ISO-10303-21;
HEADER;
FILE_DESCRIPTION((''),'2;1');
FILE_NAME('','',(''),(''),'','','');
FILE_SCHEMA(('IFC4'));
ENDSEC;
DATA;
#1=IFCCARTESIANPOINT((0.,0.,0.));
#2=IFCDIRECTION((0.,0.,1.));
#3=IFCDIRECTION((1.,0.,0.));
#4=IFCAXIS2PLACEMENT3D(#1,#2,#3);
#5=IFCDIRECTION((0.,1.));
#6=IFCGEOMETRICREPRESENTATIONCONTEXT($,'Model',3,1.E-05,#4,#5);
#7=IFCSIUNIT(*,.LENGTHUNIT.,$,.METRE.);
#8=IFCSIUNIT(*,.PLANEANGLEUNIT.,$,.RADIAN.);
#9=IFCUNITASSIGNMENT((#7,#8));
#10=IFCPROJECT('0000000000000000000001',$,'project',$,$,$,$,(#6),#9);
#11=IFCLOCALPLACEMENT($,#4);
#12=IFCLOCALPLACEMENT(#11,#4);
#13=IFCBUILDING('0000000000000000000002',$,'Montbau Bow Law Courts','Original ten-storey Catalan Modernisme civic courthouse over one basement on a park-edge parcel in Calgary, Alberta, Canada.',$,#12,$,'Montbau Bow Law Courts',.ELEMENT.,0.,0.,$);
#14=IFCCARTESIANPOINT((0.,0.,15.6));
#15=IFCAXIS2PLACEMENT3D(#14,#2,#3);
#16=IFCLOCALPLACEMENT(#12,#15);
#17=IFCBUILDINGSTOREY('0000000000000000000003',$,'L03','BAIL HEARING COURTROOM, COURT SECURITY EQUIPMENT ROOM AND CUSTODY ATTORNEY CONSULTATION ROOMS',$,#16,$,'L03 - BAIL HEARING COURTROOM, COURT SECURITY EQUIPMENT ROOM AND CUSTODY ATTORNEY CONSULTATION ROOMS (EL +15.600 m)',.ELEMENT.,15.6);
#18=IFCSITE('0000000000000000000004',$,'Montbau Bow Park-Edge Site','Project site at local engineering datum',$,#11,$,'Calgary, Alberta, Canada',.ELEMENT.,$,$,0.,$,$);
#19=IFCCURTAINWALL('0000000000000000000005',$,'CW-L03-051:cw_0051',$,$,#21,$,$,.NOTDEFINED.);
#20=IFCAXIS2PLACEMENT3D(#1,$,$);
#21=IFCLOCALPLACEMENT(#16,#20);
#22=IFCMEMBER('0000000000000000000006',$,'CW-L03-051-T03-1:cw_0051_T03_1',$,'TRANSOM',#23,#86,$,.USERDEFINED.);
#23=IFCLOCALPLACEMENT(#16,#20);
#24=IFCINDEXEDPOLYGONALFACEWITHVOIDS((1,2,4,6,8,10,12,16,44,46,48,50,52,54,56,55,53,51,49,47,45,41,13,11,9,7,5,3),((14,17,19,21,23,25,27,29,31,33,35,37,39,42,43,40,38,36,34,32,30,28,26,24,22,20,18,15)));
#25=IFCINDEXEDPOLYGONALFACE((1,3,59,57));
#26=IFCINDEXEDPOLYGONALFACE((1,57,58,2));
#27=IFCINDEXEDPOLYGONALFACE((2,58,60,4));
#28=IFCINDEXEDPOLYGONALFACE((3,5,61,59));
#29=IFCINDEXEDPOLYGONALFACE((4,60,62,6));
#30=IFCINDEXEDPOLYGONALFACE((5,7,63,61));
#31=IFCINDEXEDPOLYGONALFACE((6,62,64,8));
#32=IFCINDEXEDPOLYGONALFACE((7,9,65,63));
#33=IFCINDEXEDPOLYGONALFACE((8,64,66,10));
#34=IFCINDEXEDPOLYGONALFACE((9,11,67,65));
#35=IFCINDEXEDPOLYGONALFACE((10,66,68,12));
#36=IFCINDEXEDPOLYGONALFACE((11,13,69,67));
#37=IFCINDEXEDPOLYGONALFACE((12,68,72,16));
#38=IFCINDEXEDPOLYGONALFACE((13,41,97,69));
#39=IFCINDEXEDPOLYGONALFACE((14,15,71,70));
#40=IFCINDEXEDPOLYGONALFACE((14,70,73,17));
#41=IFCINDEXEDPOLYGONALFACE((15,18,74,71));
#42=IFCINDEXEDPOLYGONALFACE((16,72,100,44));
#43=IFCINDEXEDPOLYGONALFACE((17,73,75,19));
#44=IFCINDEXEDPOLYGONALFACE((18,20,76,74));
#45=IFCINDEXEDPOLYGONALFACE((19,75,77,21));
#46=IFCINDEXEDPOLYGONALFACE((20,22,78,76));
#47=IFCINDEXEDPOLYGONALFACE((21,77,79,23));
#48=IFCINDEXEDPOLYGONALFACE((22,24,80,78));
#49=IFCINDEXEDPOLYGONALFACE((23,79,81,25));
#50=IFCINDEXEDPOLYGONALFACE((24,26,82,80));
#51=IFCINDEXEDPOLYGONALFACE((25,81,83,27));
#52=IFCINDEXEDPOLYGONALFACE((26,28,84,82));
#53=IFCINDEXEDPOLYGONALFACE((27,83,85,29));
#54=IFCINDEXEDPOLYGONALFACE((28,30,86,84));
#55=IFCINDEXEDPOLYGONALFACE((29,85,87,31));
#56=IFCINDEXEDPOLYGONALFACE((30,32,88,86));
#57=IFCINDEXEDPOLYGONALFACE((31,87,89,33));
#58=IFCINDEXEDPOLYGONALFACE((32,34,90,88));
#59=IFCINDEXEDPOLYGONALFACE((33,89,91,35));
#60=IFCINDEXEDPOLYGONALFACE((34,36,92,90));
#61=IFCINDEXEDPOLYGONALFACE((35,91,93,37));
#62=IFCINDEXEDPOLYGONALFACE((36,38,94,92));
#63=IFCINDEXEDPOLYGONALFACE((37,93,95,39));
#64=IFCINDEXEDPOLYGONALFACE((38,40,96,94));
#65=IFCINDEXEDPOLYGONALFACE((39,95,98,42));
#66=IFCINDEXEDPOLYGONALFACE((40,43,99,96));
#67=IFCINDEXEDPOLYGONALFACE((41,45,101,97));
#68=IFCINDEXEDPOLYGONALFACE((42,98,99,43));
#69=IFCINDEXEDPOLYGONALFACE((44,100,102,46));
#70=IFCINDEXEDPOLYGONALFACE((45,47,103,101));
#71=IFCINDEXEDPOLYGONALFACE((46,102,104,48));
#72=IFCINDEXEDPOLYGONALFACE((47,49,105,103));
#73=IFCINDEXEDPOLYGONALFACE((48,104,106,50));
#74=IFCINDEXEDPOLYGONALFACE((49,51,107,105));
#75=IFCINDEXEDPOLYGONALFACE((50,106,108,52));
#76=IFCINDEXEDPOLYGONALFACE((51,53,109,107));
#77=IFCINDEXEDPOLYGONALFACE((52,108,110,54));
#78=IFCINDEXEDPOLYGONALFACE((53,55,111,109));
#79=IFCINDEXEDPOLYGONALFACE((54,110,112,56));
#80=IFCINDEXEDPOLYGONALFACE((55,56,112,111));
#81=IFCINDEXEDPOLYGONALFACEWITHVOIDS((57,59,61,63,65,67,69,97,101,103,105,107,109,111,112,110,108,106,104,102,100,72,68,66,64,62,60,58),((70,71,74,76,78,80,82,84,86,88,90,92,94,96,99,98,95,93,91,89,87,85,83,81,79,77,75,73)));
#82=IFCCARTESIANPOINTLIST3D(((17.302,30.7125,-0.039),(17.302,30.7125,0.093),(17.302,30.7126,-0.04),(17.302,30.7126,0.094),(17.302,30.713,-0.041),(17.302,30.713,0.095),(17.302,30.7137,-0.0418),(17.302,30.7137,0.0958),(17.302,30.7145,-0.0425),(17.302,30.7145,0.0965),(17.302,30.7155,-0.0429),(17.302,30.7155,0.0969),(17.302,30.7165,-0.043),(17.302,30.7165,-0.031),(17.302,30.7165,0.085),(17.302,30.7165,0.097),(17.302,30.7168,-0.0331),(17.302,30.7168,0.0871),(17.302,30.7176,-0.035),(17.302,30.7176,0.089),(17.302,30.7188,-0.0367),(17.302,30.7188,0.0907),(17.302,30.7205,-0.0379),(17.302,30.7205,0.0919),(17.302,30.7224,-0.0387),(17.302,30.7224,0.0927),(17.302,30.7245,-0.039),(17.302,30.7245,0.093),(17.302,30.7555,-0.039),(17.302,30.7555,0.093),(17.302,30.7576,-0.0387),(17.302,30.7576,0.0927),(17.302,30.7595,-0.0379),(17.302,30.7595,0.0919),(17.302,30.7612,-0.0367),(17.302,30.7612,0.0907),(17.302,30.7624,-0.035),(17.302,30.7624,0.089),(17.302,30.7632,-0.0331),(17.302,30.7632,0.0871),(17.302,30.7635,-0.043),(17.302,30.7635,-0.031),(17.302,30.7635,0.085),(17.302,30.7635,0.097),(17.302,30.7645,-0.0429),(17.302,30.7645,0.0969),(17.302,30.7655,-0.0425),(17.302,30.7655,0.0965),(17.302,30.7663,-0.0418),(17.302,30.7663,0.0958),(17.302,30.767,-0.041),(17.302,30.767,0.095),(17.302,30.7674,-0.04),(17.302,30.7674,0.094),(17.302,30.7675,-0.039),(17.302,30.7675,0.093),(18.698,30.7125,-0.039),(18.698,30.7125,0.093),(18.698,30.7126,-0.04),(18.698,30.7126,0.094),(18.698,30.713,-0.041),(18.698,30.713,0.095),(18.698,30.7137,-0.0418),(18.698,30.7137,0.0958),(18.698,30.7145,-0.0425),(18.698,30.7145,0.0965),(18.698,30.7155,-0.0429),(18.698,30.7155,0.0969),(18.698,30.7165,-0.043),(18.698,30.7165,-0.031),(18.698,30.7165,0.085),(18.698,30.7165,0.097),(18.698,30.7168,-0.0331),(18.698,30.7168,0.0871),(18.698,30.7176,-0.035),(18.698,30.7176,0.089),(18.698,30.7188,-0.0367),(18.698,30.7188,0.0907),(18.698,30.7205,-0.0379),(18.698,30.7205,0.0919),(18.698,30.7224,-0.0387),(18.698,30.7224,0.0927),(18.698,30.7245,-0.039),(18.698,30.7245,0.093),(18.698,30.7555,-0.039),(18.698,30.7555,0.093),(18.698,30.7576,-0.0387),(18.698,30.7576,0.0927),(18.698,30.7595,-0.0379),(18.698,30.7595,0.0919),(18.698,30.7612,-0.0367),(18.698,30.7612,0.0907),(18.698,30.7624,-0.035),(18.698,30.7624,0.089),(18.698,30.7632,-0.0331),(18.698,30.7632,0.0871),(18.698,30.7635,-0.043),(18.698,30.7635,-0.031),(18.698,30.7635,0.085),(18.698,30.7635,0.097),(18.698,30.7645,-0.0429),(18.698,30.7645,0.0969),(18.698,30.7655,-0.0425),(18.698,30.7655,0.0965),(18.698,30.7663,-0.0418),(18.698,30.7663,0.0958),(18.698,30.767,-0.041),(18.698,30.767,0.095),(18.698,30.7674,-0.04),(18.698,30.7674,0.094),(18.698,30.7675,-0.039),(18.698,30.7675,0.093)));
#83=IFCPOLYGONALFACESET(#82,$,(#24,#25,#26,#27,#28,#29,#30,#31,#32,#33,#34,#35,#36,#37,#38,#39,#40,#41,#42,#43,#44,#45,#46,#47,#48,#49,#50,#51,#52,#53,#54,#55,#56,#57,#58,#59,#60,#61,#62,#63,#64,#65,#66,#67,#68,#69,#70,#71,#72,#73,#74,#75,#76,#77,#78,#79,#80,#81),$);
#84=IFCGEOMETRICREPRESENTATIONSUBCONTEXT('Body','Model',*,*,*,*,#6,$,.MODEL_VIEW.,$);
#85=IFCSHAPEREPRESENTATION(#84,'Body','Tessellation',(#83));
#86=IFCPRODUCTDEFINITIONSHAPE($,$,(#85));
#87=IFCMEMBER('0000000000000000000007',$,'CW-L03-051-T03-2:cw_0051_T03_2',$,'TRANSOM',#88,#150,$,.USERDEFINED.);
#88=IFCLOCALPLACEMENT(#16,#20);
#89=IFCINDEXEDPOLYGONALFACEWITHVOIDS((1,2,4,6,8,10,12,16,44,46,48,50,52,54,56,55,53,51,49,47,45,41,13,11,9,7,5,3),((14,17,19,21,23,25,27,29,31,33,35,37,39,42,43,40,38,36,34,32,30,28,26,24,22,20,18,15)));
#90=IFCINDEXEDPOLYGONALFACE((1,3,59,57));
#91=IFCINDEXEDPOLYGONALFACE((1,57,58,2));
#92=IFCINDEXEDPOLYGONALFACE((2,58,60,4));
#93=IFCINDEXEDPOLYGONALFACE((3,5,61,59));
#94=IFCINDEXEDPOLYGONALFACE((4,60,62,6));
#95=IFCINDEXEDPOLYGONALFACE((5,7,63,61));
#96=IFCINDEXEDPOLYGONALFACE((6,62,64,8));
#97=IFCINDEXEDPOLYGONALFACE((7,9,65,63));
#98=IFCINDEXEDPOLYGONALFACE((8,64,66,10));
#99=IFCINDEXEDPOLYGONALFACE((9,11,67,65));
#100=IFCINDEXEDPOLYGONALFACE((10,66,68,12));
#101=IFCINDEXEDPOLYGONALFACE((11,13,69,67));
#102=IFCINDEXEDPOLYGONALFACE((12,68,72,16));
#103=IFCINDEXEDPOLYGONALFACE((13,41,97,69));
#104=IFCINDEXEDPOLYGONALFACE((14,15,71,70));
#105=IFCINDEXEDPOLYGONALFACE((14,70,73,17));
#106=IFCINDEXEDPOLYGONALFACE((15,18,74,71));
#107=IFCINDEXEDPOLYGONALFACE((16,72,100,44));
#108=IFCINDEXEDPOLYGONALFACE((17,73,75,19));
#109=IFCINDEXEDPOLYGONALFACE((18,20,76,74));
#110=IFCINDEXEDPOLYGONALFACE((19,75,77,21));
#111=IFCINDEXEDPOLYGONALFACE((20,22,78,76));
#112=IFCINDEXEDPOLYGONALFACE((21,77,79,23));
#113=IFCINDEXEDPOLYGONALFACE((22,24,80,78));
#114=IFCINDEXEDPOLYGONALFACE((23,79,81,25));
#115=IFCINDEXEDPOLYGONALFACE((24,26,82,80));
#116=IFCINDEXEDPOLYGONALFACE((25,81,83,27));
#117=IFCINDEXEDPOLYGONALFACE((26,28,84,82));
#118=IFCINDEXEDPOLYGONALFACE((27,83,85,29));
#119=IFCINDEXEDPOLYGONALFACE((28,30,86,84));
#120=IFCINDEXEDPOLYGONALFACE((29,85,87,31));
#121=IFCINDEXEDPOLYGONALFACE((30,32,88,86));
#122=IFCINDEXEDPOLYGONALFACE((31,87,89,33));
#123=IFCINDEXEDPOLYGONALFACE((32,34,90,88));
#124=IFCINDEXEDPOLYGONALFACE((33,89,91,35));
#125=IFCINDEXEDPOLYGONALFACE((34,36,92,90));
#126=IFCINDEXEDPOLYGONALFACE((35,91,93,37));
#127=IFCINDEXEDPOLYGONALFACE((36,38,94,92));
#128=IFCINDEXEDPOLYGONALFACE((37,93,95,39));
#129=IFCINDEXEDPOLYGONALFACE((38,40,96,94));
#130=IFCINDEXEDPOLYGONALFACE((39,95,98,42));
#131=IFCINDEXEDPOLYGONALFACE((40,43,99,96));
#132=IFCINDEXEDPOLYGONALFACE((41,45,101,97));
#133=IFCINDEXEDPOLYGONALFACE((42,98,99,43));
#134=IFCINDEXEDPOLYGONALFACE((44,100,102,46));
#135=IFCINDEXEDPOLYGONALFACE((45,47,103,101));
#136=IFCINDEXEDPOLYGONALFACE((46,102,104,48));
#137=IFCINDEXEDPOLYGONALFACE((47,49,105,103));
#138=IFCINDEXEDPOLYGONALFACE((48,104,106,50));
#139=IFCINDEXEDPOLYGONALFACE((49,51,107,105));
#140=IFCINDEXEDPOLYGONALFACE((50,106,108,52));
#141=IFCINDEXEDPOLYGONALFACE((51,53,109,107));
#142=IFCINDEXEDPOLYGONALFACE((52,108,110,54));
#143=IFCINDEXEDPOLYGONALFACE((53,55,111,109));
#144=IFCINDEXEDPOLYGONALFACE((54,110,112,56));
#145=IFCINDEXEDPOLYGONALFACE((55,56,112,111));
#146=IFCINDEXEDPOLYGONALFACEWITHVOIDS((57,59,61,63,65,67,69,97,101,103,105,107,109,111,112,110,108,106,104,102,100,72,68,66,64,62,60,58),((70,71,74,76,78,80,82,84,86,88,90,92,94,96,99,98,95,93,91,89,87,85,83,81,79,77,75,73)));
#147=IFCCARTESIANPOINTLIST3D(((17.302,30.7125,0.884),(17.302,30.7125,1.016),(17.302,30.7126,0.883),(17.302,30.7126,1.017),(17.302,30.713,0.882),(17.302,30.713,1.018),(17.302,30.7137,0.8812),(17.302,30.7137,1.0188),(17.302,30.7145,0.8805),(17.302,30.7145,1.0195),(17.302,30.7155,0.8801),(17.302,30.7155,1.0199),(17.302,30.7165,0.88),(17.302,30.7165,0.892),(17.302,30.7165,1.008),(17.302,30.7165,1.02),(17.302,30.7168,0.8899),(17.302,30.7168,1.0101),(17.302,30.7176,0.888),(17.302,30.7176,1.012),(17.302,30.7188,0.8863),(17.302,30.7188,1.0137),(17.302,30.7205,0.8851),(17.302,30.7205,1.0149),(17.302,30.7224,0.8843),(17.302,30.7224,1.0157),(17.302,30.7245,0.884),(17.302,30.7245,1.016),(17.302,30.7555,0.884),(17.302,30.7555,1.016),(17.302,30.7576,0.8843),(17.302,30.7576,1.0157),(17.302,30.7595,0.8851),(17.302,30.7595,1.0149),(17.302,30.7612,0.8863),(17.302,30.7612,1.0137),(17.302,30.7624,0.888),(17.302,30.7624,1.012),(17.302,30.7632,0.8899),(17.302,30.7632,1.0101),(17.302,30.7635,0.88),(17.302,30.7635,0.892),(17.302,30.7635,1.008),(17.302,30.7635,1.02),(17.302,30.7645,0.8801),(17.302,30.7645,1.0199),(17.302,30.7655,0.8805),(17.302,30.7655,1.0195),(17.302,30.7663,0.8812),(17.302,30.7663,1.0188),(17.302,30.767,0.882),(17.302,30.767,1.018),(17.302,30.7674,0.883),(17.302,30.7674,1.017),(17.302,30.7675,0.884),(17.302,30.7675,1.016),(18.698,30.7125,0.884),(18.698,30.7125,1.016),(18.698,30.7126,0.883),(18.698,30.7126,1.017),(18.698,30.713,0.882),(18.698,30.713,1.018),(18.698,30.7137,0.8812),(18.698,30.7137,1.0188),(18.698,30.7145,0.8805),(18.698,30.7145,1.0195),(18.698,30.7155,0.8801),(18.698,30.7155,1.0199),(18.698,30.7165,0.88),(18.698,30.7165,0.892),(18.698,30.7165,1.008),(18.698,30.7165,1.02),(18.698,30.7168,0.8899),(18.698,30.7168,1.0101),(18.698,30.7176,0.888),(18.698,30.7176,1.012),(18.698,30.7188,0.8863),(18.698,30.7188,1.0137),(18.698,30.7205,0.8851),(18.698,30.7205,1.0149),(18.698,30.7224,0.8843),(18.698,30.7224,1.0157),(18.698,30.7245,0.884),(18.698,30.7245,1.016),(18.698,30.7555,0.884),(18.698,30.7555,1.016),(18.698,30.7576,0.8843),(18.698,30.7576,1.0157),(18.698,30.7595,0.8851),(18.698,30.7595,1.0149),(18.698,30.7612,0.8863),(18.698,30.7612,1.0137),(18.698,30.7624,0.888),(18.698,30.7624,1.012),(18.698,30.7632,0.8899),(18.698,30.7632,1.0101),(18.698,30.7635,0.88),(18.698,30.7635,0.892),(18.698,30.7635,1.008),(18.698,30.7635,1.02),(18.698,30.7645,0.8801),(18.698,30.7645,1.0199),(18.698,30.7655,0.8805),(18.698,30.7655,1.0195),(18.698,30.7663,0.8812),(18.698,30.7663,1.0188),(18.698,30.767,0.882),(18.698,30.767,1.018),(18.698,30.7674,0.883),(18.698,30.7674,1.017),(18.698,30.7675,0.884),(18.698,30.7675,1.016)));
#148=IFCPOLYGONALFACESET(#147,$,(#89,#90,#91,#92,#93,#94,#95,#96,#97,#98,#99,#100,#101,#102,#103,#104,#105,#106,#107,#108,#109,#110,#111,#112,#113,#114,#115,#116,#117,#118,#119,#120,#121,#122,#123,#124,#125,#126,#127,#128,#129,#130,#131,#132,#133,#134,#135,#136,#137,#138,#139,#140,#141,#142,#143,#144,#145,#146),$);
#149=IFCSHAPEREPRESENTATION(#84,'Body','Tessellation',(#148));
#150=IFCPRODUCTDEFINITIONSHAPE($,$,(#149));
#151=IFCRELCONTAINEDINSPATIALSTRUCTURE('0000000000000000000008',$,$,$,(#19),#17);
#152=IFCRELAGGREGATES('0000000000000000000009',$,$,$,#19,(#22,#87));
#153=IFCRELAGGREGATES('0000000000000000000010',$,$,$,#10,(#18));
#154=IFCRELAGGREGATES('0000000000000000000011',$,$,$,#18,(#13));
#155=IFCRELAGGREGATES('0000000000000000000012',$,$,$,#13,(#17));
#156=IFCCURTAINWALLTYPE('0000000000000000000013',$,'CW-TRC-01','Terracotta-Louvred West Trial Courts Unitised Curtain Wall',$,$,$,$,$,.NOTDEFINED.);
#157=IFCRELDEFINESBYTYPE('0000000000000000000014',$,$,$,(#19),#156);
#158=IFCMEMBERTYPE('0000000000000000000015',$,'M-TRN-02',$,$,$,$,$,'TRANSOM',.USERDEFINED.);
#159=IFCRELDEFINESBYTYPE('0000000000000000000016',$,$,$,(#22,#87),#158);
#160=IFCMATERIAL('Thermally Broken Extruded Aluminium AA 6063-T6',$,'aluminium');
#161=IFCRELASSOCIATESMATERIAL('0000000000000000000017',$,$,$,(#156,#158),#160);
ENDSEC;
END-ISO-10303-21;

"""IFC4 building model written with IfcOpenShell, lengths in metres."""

from ifc_helpers import new_model, si_unit, direction, frame, origin_with_axes, origin_2d_with_axis, place, context, subcontext, project, spatial, hollow_rectangle, extrude, material, material_profile, profile_set, type_object, element, aggregate, save


model = new_model("IFC4")

# Units and contexts
model_context = context("Model", 3, precision=1e-05, world=origin_with_axes(), true_north=direction((0.0, 1.0)))
body_context = subcontext(model_context, "Body", "Model", "MODEL_VIEW")
ifc_project = project(units=[si_unit("LENGTHUNIT", "METRE"), si_unit("PLANEANGLEUNIT", "RADIAN")], contexts=[model_context])

# Site, building, storey
site_placement = place(None, origin_with_axes())
site = spatial("IfcSite", under=ifc_project, at=site_placement, Name="Montbau Bow Park-Edge Site", Description="Project site at local engineering datum", LongName="Calgary, Alberta, Canada", CompositionType="ELEMENT", RefElevation=0.0)
building_placement = place(site_placement, origin_with_axes())
building = spatial("IfcBuilding", under=site, at=building_placement, Name="Montbau Bow Law Courts", Description="Original ten-storey Catalan Modernisme civic courthouse over one basement on a park-edge parcel in Calgary, Alberta, Canada.", LongName="Montbau Bow Law Courts", CompositionType="ELEMENT", ElevationOfRefHeight=0.0, ElevationOfTerrain=0.0)
storey_placement = place(building_placement, frame((0.0, 0.0, 15.6), z_axis=(0.0, 0.0, 1.0), x_axis=(1.0, 0.0, 0.0)))
storey = spatial("IfcBuildingStorey", under=building, at=storey_placement, Name="L03", Description="BAIL HEARING COURTROOM, COURT SECURITY EQUIPMENT ROOM AND CUSTODY ATTORNEY CONSULTATION ROOMS", LongName="L03 - BAIL HEARING COURTROOM, COURT SECURITY EQUIPMENT ROOM AND CUSTODY ATTORNEY CONSULTATION ROOMS (EL +15.600 m)", CompositionType="ELEMENT", Elevation=15.6)

# Curtain wall
ifc_material_1 = material(Name="Thermally Broken Extruded Aluminium AA 6063-T6", Category="aluminium")
curtain_wall_type = type_object("IfcCurtainWallType", Name="CW-TRC-01", Description="Terracotta-Louvred West Trial Courts Unitised Curtain Wall", PredefinedType="NOTDEFINED", material=ifc_material_1)
curtain_wall_1_placement = place(None, frame((14.315, 30.74, 15.6), z_axis=(0.0, 0.0, 1.0), x_axis=(1.0, 0.0, 0.0)))
curtain_wall_1 = element("IfcCurtainWall", 1, at=curtain_wall_1_placement, inside=storey, type_object=curtain_wall_type, Name="CW-L03-051:cw_0051", PredefinedType="NOTDEFINED")

# Members
ifc_material_profile_1 = material_profile(ifc_material_1, hollow_rectangle(XDim=0.055, YDim=0.14, WallThickness=0.004, InnerFilletRadius=0.008, OuterFilletRadius=0.004, at=origin_2d_with_axis()), Name="CWT-140X55", Category="Main", Priority=0)
ifc_profile_set_1 = profile_set([ifc_material_profile_1], Name="Thermally Broken Extruded Aluminium AA 6063-T6")
member_type_1 = type_object("IfcMemberType", Name="M-TRN-02", ElementType="TRANSOM", PredefinedType="USERDEFINED", material=ifc_profile_set_1)
member_1_placement = place(None, frame((17.302, 30.74, 15.627), z_axis=(1.0, 0.0, 0.0), x_axis=(0.0, 1.0, 0.0)))
member_1 = element("IfcMember", 2, at=member_1_placement, type_object=member_type_1, Name="CW-L03-051-T03-1:cw_0051_T03_1", ObjectType="TRANSOM", PredefinedType="USERDEFINED", context=body_context, shape_type="SweptSolid", body=[
    extrude(hollow_rectangle(XDim=0.055, YDim=0.14, WallThickness=0.004, InnerFilletRadius=0.008, OuterFilletRadius=0.004, at=origin_2d_with_axis()), origin_with_axes(), (0.0, 0.0, 1.0), 1.396),
])
member_2_placement = place(None, frame((17.302, 30.74, 16.55), z_axis=(1.0, 0.0, 0.0), x_axis=(0.0, 1.0, 0.0)))
member_2 = element("IfcMember", 3, at=member_2_placement, type_object=member_type_1, Name="CW-L03-051-T03-2:cw_0051_T03_2", ObjectType="TRANSOM", PredefinedType="USERDEFINED", context=body_context, shape_type="SweptSolid", body=[
    extrude(hollow_rectangle(XDim=0.055, YDim=0.14, WallThickness=0.004, InnerFilletRadius=0.008, OuterFilletRadius=0.004, at=origin_2d_with_axis()), origin_with_axes(), (0.0, 0.0, 1.0), 1.396),
])

aggregate(curtain_wall_1, [member_1, member_2])

save(model, "model.ifc")
